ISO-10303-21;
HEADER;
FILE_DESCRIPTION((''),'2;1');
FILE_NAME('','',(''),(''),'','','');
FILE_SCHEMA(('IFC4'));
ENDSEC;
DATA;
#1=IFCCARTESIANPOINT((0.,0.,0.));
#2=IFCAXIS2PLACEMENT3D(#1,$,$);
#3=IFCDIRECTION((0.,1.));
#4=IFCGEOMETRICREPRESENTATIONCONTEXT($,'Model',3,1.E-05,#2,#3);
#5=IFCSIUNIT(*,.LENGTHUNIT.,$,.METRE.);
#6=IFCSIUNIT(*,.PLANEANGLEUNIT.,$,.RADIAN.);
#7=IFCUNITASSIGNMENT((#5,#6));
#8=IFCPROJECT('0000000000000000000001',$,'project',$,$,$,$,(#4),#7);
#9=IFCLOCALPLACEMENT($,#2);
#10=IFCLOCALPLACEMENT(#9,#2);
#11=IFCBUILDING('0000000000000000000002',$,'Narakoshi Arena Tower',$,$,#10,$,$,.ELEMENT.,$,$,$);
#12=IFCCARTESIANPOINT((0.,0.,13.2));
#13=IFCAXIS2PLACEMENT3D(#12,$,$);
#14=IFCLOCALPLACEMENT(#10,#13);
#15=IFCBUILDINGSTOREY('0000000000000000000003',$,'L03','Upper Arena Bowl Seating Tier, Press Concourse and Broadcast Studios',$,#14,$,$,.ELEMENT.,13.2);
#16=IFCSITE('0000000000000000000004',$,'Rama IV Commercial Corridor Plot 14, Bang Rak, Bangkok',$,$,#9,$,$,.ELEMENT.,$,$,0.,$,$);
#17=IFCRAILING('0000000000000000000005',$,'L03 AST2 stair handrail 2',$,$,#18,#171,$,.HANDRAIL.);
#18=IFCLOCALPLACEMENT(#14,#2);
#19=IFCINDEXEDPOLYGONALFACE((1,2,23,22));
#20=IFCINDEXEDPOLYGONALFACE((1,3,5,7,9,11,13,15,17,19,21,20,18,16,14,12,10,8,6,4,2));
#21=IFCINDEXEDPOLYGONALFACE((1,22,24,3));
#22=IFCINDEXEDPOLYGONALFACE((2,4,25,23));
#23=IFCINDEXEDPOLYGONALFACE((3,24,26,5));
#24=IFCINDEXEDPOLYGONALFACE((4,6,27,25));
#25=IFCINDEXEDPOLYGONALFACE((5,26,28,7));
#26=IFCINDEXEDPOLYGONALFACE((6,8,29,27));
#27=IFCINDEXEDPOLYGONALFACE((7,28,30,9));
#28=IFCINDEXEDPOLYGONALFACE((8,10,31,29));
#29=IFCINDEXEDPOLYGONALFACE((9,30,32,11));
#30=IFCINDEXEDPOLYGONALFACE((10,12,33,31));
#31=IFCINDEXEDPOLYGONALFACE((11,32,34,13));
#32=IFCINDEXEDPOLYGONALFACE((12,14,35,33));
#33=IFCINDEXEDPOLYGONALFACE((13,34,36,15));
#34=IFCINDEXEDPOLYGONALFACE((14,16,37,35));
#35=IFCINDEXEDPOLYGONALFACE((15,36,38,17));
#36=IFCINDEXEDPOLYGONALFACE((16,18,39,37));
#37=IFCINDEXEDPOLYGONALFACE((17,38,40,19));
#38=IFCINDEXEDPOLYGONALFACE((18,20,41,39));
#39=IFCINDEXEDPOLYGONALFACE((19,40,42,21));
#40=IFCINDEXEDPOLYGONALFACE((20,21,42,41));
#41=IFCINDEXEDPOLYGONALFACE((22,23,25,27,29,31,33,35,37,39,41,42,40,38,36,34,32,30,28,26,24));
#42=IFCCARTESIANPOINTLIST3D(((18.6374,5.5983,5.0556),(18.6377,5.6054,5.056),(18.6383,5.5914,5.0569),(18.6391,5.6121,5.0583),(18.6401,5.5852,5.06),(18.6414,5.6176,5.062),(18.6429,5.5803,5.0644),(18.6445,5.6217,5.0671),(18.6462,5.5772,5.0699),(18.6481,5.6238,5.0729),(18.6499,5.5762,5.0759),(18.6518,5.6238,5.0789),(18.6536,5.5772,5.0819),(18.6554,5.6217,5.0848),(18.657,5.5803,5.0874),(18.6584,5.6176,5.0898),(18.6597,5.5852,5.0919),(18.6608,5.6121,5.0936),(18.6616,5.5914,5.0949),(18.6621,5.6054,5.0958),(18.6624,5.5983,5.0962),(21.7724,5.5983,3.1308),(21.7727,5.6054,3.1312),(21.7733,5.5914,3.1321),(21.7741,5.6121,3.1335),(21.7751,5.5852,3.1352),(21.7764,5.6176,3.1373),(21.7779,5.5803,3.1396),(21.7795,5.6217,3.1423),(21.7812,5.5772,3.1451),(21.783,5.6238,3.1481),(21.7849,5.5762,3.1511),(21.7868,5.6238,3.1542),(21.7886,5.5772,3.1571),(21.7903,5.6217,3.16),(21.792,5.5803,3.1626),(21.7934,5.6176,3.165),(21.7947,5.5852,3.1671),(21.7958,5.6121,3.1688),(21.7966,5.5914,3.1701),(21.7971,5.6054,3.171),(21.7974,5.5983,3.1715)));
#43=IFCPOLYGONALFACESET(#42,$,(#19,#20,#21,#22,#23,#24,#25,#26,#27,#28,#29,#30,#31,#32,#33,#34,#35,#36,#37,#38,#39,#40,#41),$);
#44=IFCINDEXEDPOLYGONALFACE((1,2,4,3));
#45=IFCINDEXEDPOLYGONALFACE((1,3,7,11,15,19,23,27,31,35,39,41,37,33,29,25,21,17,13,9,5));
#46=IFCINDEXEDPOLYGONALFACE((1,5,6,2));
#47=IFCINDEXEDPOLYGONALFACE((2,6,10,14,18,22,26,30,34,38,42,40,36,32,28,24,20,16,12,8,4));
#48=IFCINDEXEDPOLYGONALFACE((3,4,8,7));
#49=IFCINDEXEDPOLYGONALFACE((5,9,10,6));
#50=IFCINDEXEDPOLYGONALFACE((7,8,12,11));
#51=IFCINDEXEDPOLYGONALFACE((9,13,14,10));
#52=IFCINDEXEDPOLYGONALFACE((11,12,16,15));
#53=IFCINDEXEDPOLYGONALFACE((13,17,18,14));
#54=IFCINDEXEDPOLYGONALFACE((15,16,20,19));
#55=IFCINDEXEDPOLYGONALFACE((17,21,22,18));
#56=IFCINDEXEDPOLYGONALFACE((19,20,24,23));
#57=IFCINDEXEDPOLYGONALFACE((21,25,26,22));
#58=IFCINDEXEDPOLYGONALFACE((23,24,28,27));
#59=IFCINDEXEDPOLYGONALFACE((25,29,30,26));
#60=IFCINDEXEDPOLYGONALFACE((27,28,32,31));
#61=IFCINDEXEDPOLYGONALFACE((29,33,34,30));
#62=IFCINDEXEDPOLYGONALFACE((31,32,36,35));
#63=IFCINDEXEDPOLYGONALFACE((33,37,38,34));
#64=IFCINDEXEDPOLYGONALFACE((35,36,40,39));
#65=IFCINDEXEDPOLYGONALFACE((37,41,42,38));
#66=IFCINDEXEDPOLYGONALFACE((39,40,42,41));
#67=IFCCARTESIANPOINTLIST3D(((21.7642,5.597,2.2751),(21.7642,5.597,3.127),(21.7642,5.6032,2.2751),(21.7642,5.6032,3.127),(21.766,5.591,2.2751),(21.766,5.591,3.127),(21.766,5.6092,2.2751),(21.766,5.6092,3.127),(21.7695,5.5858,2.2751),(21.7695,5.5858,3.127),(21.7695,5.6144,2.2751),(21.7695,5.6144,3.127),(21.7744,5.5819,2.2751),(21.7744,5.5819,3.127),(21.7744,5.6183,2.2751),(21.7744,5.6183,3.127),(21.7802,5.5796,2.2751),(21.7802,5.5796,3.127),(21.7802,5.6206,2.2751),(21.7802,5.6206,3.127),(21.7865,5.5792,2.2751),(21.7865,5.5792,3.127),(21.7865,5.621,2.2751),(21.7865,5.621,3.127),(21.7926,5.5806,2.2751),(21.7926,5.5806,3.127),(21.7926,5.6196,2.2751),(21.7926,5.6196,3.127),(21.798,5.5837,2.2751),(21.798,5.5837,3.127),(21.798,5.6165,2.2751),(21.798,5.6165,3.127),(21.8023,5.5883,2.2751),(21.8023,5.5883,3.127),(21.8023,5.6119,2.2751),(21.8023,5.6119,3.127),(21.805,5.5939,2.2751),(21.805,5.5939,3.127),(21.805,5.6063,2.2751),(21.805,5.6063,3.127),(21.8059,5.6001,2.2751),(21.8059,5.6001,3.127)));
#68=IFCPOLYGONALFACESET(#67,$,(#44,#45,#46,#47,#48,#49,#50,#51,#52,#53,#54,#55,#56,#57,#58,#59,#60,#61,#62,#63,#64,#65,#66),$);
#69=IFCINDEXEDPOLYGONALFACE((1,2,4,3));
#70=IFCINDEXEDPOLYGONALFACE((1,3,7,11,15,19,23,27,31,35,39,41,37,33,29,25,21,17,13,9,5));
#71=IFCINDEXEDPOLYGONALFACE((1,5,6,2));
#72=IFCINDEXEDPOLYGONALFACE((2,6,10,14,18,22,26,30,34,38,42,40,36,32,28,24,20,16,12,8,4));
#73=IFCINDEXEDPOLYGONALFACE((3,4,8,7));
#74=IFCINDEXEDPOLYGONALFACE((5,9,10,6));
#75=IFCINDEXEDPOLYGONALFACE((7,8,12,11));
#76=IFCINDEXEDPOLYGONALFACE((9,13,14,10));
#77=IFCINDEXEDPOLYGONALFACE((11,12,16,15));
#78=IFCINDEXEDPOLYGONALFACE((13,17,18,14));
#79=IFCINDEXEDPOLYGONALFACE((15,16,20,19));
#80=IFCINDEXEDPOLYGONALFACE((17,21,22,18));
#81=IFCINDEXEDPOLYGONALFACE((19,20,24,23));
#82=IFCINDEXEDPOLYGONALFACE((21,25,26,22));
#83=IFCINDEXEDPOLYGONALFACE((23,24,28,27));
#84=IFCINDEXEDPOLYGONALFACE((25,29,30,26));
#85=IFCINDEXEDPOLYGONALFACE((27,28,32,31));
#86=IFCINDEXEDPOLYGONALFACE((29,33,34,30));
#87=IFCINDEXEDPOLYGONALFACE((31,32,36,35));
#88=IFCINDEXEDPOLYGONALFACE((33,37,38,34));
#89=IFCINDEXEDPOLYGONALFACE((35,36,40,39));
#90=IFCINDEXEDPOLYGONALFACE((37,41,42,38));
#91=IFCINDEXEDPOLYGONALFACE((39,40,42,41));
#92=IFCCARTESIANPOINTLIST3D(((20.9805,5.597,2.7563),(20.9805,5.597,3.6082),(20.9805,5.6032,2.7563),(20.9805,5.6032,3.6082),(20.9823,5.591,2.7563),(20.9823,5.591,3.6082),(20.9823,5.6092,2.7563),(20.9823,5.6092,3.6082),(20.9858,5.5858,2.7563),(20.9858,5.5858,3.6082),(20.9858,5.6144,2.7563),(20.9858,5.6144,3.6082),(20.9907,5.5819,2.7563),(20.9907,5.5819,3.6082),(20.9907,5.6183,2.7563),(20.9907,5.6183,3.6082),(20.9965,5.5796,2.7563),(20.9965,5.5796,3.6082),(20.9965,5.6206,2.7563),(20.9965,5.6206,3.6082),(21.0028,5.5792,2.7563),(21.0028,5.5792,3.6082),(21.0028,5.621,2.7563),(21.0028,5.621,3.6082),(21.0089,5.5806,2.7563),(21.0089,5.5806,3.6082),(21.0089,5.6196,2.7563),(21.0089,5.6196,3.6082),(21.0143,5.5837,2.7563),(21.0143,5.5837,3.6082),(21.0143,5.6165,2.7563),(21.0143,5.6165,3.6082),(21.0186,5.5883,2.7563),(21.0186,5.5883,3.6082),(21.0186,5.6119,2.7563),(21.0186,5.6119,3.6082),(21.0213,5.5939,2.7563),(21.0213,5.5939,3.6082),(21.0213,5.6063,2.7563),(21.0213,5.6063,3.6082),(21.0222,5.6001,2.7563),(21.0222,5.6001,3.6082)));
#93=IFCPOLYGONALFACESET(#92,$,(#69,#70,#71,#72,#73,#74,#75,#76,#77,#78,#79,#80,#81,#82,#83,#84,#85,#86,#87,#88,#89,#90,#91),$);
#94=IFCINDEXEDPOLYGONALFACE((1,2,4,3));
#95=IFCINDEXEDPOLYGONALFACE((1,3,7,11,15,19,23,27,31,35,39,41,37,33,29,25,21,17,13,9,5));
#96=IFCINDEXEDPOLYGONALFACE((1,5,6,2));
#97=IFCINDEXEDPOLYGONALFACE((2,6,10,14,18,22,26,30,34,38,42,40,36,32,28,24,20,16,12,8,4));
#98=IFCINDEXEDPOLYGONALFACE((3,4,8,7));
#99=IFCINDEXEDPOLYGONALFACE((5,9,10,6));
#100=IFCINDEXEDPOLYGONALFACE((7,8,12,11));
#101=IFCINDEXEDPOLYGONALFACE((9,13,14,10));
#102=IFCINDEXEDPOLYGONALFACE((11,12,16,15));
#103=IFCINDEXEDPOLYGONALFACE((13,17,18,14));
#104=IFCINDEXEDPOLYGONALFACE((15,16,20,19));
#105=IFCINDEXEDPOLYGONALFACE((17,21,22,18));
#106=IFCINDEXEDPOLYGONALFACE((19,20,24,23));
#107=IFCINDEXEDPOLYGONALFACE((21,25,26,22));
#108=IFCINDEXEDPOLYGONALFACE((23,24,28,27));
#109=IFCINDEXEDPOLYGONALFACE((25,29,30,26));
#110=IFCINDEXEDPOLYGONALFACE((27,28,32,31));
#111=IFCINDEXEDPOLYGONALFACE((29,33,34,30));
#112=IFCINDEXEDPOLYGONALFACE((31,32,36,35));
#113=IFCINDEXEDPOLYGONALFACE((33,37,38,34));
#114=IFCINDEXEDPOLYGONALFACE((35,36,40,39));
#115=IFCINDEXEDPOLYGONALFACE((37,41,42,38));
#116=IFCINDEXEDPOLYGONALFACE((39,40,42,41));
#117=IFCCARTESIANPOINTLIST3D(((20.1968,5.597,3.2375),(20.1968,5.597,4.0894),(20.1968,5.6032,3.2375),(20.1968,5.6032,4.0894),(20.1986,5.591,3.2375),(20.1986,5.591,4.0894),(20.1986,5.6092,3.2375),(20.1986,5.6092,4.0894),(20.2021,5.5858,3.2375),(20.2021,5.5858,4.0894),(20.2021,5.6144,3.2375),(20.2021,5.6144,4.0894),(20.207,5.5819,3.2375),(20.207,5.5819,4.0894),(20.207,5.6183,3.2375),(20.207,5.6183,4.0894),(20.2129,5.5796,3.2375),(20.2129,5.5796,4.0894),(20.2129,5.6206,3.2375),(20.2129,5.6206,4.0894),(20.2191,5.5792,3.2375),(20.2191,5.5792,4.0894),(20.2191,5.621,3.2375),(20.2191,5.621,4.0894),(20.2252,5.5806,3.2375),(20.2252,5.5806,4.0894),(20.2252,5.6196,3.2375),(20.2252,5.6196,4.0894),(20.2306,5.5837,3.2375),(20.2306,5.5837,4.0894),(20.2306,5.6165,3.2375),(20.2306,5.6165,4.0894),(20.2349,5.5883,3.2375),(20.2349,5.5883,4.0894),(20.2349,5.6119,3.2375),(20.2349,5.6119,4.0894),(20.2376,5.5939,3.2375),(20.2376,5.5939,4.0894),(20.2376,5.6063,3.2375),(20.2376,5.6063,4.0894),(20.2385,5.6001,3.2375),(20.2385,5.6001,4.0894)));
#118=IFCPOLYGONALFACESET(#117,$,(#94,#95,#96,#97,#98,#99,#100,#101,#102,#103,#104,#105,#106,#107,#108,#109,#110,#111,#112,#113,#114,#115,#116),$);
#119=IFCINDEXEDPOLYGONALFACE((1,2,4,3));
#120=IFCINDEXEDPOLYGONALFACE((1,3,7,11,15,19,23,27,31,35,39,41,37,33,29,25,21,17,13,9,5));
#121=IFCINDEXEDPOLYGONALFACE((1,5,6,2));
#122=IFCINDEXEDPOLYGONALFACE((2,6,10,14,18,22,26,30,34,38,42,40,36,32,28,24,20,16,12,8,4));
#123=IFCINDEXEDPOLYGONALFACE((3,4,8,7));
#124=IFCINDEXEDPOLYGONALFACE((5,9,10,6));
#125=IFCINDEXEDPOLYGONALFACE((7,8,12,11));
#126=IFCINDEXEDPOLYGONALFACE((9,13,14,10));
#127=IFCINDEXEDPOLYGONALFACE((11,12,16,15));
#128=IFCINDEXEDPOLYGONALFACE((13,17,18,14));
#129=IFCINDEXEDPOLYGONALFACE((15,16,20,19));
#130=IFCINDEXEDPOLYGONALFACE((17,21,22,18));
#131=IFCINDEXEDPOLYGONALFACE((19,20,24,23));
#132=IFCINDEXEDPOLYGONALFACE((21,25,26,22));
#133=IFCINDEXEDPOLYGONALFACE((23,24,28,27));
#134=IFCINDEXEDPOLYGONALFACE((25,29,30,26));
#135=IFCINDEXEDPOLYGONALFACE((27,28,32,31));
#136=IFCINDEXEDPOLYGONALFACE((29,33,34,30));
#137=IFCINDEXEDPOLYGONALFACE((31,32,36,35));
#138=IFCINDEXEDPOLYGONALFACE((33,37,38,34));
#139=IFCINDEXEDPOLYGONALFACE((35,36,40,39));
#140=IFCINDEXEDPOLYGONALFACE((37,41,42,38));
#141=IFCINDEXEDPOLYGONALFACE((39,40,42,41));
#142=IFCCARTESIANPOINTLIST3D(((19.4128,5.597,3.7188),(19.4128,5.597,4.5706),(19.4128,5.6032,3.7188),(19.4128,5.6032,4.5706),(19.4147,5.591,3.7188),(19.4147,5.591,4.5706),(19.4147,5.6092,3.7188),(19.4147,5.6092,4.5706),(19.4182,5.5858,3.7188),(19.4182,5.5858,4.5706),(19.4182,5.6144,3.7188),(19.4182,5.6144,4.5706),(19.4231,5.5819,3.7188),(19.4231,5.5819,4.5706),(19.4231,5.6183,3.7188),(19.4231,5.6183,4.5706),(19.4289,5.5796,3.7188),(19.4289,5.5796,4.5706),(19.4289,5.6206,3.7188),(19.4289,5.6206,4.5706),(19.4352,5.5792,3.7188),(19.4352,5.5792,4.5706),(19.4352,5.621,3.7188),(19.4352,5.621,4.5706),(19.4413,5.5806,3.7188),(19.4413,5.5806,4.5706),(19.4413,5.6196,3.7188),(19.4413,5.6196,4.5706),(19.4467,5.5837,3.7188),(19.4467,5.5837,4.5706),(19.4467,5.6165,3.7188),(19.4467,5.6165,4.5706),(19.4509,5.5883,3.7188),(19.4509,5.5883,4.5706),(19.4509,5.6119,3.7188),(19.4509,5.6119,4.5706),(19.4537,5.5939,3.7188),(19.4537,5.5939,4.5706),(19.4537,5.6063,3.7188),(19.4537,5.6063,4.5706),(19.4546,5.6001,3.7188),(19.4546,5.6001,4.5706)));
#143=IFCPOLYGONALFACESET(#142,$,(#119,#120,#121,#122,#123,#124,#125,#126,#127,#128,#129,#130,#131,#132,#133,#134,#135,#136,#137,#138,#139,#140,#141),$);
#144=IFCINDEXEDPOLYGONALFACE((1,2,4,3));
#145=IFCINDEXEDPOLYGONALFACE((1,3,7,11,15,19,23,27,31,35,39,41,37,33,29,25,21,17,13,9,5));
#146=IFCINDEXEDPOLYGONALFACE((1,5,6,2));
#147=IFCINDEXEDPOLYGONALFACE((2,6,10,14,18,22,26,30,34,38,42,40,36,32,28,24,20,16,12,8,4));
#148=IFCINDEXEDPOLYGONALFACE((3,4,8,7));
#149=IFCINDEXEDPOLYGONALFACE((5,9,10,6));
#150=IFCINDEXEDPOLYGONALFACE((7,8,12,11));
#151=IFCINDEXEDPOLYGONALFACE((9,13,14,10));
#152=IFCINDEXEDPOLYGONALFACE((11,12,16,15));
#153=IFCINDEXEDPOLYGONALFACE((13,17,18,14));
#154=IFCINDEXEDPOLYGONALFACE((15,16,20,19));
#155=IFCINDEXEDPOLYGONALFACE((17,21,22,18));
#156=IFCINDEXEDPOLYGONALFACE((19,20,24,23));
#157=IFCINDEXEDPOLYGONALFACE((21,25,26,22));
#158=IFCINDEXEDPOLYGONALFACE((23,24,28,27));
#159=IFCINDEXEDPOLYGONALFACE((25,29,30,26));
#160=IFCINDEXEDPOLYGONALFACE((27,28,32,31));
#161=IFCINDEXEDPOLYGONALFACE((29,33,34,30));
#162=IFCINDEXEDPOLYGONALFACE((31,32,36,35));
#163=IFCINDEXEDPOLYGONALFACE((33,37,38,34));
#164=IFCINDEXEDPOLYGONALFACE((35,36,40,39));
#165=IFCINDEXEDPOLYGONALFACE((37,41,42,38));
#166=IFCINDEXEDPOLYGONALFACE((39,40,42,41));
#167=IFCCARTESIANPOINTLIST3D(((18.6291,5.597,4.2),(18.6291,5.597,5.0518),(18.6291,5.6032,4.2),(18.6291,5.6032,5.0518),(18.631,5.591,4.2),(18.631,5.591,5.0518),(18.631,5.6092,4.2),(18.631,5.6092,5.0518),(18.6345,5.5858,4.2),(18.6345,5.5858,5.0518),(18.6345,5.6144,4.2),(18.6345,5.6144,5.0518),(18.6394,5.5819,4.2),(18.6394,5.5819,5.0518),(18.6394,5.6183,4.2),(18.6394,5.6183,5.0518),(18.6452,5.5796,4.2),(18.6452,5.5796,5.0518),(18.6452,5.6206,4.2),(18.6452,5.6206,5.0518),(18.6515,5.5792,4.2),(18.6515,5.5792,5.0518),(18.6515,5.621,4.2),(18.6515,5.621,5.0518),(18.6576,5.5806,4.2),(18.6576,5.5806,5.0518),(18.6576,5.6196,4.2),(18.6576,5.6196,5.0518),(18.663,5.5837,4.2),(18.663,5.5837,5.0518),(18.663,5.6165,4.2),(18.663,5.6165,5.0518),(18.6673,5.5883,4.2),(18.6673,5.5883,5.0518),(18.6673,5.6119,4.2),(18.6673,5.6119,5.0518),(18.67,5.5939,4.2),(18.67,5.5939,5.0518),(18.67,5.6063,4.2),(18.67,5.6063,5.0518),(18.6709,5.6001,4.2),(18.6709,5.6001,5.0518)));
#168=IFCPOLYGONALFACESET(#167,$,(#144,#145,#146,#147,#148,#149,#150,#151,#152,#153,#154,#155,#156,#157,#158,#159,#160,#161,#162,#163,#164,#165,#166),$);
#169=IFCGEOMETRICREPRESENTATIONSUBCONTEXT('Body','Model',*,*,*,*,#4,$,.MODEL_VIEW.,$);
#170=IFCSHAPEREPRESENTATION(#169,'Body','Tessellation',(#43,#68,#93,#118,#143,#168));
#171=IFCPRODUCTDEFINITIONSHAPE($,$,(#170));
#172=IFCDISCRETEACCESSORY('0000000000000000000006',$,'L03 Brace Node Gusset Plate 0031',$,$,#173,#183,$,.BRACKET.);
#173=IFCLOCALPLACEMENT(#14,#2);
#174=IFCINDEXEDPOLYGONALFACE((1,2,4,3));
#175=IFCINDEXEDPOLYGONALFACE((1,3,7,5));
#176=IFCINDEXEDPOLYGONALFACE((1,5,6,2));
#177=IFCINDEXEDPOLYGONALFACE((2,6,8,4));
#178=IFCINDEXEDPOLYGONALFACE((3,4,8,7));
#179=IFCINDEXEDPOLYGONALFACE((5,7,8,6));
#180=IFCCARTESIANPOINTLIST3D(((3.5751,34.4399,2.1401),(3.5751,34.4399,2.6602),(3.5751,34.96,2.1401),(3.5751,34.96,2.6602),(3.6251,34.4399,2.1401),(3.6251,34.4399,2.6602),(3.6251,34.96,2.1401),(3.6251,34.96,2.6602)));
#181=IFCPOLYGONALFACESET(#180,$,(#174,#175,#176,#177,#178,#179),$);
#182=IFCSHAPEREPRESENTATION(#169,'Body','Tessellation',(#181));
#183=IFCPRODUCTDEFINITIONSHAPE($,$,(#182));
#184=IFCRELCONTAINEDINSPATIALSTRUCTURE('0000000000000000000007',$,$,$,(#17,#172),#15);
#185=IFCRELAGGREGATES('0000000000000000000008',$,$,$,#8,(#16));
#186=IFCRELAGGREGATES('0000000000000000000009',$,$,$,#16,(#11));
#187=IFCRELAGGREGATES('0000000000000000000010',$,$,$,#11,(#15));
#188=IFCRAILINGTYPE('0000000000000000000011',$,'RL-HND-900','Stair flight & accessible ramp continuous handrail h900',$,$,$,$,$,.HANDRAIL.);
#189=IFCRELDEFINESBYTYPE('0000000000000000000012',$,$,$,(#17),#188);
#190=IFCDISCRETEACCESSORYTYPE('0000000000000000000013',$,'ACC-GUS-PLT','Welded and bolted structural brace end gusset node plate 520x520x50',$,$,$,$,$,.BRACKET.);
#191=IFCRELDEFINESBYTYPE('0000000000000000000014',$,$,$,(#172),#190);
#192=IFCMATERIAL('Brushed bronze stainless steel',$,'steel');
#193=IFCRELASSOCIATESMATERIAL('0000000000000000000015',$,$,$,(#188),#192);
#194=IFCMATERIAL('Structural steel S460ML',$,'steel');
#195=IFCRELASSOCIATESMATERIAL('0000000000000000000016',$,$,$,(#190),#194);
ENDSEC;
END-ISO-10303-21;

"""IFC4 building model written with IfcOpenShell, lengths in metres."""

from ifc_helpers import new_model, si_unit, direction, frame, origin, origin_2d, place, context, subcontext, project, spatial, rectangle, circle, extrude, material, type_object, element, save


model = new_model("IFC4")

# Units and contexts
model_context = context("Model", 3, precision=1e-05, world=origin(), true_north=direction((0.0, 1.0)))
body_context = subcontext(model_context, "Body", "Model", "MODEL_VIEW")
ifc_project = project(units=[si_unit("LENGTHUNIT", "METRE"), si_unit("PLANEANGLEUNIT", "RADIAN")], contexts=[model_context])

# Site, building, storey
site_placement = place(None, origin())
site = spatial("IfcSite", under=ifc_project, at=site_placement, Name="Rama IV Commercial Corridor Plot 14, Bang Rak, Bangkok", CompositionType="ELEMENT", RefElevation=0.0)
building_placement = place(site_placement, origin())
building = spatial("IfcBuilding", under=site, at=building_placement, Name="Narakoshi Arena Tower", CompositionType="ELEMENT")
storey_placement = place(building_placement, frame((0.0, 0.0, 13.2)))
storey = spatial("IfcBuildingStorey", under=building, at=storey_placement, Name="L03", Description="Upper Arena Bowl Seating Tier, Press Concourse and Broadcast Studios", CompositionType="ELEMENT", Elevation=13.2)

# Railing
ifc_material_1 = material(Name="Brushed bronze stainless steel", Category="steel")
railing_type_1 = type_object("IfcRailingType", Name="RL-HND-900", Description="Stair flight & accessible ramp continuous handrail h900", PredefinedType="HANDRAIL", material=ifc_material_1)
for number, where, name in (
    (1, (21.7849, 5.6001, 2.2751), "L03 AST2 stair handrail 2"),
):
    element("IfcRailing", number, at=place(storey_placement, frame(where)), inside=storey, type_object=railing_type_1, Name=name, PredefinedType="HANDRAIL", context=body_context, shape_type="SweptSolid", body=[
        extrude(circle(Radius=0.0239, at=origin_2d()), frame((0.0, 0.0, 0.876), z_axis=(-0.852196, 0.0, 0.523223), x_axis=(0.0, -1.0, 0.0)), (0.0, 0.0, 1.0), 3.6787),
        extrude(circle(Radius=0.021, at=origin_2d()), origin(), (0.0, 0.0, 1.0), 0.8518),
        extrude(circle(Radius=0.021, at=origin_2d()), frame((-0.7837, 0.0, 0.4812)), (0.0, 0.0, 1.0), 0.8518),
        extrude(circle(Radius=0.021, at=origin_2d()), frame((-1.5674, 0.0, 0.9624)), (0.0, 0.0, 1.0), 0.8518),
        extrude(circle(Radius=0.021, at=origin_2d()), frame((-2.3513, 0.0, 1.4436)), (0.0, 0.0, 1.0), 0.8518),
        extrude(circle(Radius=0.021, at=origin_2d()), frame((-3.135, 0.0, 1.9248)), (0.0, 0.0, 1.0), 0.8518),
    ])

# Discrete accessory
ifc_material_2 = material(Name="Structural steel S460ML", Category="steel")
discrete_accessory_type = type_object("IfcDiscreteAccessoryType", Name="ACC-GUS-PLT", Description="Welded and bolted structural brace end gusset node plate 520x520x50", PredefinedType="BRACKET", material=ifc_material_2)
discrete_accessory_placement = place(storey_placement, frame((3.6001, 34.7, 2.1401), z_axis=(0.0, 0.0, 1.0), x_axis=(0.0, 1.0, 0.0)))
element("IfcDiscreteAccessory", 2, at=discrete_accessory_placement, inside=storey, type_object=discrete_accessory_type, Name="L03 Brace Node Gusset Plate 0031", PredefinedType="BRACKET", context=body_context, shape_type="SweptSolid", body=[
    extrude(rectangle(XDim=0.52, YDim=0.05, at=origin_2d()), origin(), (0.0, 0.0, 1.0), 0.52),
])

save(model, "model.ifc")
